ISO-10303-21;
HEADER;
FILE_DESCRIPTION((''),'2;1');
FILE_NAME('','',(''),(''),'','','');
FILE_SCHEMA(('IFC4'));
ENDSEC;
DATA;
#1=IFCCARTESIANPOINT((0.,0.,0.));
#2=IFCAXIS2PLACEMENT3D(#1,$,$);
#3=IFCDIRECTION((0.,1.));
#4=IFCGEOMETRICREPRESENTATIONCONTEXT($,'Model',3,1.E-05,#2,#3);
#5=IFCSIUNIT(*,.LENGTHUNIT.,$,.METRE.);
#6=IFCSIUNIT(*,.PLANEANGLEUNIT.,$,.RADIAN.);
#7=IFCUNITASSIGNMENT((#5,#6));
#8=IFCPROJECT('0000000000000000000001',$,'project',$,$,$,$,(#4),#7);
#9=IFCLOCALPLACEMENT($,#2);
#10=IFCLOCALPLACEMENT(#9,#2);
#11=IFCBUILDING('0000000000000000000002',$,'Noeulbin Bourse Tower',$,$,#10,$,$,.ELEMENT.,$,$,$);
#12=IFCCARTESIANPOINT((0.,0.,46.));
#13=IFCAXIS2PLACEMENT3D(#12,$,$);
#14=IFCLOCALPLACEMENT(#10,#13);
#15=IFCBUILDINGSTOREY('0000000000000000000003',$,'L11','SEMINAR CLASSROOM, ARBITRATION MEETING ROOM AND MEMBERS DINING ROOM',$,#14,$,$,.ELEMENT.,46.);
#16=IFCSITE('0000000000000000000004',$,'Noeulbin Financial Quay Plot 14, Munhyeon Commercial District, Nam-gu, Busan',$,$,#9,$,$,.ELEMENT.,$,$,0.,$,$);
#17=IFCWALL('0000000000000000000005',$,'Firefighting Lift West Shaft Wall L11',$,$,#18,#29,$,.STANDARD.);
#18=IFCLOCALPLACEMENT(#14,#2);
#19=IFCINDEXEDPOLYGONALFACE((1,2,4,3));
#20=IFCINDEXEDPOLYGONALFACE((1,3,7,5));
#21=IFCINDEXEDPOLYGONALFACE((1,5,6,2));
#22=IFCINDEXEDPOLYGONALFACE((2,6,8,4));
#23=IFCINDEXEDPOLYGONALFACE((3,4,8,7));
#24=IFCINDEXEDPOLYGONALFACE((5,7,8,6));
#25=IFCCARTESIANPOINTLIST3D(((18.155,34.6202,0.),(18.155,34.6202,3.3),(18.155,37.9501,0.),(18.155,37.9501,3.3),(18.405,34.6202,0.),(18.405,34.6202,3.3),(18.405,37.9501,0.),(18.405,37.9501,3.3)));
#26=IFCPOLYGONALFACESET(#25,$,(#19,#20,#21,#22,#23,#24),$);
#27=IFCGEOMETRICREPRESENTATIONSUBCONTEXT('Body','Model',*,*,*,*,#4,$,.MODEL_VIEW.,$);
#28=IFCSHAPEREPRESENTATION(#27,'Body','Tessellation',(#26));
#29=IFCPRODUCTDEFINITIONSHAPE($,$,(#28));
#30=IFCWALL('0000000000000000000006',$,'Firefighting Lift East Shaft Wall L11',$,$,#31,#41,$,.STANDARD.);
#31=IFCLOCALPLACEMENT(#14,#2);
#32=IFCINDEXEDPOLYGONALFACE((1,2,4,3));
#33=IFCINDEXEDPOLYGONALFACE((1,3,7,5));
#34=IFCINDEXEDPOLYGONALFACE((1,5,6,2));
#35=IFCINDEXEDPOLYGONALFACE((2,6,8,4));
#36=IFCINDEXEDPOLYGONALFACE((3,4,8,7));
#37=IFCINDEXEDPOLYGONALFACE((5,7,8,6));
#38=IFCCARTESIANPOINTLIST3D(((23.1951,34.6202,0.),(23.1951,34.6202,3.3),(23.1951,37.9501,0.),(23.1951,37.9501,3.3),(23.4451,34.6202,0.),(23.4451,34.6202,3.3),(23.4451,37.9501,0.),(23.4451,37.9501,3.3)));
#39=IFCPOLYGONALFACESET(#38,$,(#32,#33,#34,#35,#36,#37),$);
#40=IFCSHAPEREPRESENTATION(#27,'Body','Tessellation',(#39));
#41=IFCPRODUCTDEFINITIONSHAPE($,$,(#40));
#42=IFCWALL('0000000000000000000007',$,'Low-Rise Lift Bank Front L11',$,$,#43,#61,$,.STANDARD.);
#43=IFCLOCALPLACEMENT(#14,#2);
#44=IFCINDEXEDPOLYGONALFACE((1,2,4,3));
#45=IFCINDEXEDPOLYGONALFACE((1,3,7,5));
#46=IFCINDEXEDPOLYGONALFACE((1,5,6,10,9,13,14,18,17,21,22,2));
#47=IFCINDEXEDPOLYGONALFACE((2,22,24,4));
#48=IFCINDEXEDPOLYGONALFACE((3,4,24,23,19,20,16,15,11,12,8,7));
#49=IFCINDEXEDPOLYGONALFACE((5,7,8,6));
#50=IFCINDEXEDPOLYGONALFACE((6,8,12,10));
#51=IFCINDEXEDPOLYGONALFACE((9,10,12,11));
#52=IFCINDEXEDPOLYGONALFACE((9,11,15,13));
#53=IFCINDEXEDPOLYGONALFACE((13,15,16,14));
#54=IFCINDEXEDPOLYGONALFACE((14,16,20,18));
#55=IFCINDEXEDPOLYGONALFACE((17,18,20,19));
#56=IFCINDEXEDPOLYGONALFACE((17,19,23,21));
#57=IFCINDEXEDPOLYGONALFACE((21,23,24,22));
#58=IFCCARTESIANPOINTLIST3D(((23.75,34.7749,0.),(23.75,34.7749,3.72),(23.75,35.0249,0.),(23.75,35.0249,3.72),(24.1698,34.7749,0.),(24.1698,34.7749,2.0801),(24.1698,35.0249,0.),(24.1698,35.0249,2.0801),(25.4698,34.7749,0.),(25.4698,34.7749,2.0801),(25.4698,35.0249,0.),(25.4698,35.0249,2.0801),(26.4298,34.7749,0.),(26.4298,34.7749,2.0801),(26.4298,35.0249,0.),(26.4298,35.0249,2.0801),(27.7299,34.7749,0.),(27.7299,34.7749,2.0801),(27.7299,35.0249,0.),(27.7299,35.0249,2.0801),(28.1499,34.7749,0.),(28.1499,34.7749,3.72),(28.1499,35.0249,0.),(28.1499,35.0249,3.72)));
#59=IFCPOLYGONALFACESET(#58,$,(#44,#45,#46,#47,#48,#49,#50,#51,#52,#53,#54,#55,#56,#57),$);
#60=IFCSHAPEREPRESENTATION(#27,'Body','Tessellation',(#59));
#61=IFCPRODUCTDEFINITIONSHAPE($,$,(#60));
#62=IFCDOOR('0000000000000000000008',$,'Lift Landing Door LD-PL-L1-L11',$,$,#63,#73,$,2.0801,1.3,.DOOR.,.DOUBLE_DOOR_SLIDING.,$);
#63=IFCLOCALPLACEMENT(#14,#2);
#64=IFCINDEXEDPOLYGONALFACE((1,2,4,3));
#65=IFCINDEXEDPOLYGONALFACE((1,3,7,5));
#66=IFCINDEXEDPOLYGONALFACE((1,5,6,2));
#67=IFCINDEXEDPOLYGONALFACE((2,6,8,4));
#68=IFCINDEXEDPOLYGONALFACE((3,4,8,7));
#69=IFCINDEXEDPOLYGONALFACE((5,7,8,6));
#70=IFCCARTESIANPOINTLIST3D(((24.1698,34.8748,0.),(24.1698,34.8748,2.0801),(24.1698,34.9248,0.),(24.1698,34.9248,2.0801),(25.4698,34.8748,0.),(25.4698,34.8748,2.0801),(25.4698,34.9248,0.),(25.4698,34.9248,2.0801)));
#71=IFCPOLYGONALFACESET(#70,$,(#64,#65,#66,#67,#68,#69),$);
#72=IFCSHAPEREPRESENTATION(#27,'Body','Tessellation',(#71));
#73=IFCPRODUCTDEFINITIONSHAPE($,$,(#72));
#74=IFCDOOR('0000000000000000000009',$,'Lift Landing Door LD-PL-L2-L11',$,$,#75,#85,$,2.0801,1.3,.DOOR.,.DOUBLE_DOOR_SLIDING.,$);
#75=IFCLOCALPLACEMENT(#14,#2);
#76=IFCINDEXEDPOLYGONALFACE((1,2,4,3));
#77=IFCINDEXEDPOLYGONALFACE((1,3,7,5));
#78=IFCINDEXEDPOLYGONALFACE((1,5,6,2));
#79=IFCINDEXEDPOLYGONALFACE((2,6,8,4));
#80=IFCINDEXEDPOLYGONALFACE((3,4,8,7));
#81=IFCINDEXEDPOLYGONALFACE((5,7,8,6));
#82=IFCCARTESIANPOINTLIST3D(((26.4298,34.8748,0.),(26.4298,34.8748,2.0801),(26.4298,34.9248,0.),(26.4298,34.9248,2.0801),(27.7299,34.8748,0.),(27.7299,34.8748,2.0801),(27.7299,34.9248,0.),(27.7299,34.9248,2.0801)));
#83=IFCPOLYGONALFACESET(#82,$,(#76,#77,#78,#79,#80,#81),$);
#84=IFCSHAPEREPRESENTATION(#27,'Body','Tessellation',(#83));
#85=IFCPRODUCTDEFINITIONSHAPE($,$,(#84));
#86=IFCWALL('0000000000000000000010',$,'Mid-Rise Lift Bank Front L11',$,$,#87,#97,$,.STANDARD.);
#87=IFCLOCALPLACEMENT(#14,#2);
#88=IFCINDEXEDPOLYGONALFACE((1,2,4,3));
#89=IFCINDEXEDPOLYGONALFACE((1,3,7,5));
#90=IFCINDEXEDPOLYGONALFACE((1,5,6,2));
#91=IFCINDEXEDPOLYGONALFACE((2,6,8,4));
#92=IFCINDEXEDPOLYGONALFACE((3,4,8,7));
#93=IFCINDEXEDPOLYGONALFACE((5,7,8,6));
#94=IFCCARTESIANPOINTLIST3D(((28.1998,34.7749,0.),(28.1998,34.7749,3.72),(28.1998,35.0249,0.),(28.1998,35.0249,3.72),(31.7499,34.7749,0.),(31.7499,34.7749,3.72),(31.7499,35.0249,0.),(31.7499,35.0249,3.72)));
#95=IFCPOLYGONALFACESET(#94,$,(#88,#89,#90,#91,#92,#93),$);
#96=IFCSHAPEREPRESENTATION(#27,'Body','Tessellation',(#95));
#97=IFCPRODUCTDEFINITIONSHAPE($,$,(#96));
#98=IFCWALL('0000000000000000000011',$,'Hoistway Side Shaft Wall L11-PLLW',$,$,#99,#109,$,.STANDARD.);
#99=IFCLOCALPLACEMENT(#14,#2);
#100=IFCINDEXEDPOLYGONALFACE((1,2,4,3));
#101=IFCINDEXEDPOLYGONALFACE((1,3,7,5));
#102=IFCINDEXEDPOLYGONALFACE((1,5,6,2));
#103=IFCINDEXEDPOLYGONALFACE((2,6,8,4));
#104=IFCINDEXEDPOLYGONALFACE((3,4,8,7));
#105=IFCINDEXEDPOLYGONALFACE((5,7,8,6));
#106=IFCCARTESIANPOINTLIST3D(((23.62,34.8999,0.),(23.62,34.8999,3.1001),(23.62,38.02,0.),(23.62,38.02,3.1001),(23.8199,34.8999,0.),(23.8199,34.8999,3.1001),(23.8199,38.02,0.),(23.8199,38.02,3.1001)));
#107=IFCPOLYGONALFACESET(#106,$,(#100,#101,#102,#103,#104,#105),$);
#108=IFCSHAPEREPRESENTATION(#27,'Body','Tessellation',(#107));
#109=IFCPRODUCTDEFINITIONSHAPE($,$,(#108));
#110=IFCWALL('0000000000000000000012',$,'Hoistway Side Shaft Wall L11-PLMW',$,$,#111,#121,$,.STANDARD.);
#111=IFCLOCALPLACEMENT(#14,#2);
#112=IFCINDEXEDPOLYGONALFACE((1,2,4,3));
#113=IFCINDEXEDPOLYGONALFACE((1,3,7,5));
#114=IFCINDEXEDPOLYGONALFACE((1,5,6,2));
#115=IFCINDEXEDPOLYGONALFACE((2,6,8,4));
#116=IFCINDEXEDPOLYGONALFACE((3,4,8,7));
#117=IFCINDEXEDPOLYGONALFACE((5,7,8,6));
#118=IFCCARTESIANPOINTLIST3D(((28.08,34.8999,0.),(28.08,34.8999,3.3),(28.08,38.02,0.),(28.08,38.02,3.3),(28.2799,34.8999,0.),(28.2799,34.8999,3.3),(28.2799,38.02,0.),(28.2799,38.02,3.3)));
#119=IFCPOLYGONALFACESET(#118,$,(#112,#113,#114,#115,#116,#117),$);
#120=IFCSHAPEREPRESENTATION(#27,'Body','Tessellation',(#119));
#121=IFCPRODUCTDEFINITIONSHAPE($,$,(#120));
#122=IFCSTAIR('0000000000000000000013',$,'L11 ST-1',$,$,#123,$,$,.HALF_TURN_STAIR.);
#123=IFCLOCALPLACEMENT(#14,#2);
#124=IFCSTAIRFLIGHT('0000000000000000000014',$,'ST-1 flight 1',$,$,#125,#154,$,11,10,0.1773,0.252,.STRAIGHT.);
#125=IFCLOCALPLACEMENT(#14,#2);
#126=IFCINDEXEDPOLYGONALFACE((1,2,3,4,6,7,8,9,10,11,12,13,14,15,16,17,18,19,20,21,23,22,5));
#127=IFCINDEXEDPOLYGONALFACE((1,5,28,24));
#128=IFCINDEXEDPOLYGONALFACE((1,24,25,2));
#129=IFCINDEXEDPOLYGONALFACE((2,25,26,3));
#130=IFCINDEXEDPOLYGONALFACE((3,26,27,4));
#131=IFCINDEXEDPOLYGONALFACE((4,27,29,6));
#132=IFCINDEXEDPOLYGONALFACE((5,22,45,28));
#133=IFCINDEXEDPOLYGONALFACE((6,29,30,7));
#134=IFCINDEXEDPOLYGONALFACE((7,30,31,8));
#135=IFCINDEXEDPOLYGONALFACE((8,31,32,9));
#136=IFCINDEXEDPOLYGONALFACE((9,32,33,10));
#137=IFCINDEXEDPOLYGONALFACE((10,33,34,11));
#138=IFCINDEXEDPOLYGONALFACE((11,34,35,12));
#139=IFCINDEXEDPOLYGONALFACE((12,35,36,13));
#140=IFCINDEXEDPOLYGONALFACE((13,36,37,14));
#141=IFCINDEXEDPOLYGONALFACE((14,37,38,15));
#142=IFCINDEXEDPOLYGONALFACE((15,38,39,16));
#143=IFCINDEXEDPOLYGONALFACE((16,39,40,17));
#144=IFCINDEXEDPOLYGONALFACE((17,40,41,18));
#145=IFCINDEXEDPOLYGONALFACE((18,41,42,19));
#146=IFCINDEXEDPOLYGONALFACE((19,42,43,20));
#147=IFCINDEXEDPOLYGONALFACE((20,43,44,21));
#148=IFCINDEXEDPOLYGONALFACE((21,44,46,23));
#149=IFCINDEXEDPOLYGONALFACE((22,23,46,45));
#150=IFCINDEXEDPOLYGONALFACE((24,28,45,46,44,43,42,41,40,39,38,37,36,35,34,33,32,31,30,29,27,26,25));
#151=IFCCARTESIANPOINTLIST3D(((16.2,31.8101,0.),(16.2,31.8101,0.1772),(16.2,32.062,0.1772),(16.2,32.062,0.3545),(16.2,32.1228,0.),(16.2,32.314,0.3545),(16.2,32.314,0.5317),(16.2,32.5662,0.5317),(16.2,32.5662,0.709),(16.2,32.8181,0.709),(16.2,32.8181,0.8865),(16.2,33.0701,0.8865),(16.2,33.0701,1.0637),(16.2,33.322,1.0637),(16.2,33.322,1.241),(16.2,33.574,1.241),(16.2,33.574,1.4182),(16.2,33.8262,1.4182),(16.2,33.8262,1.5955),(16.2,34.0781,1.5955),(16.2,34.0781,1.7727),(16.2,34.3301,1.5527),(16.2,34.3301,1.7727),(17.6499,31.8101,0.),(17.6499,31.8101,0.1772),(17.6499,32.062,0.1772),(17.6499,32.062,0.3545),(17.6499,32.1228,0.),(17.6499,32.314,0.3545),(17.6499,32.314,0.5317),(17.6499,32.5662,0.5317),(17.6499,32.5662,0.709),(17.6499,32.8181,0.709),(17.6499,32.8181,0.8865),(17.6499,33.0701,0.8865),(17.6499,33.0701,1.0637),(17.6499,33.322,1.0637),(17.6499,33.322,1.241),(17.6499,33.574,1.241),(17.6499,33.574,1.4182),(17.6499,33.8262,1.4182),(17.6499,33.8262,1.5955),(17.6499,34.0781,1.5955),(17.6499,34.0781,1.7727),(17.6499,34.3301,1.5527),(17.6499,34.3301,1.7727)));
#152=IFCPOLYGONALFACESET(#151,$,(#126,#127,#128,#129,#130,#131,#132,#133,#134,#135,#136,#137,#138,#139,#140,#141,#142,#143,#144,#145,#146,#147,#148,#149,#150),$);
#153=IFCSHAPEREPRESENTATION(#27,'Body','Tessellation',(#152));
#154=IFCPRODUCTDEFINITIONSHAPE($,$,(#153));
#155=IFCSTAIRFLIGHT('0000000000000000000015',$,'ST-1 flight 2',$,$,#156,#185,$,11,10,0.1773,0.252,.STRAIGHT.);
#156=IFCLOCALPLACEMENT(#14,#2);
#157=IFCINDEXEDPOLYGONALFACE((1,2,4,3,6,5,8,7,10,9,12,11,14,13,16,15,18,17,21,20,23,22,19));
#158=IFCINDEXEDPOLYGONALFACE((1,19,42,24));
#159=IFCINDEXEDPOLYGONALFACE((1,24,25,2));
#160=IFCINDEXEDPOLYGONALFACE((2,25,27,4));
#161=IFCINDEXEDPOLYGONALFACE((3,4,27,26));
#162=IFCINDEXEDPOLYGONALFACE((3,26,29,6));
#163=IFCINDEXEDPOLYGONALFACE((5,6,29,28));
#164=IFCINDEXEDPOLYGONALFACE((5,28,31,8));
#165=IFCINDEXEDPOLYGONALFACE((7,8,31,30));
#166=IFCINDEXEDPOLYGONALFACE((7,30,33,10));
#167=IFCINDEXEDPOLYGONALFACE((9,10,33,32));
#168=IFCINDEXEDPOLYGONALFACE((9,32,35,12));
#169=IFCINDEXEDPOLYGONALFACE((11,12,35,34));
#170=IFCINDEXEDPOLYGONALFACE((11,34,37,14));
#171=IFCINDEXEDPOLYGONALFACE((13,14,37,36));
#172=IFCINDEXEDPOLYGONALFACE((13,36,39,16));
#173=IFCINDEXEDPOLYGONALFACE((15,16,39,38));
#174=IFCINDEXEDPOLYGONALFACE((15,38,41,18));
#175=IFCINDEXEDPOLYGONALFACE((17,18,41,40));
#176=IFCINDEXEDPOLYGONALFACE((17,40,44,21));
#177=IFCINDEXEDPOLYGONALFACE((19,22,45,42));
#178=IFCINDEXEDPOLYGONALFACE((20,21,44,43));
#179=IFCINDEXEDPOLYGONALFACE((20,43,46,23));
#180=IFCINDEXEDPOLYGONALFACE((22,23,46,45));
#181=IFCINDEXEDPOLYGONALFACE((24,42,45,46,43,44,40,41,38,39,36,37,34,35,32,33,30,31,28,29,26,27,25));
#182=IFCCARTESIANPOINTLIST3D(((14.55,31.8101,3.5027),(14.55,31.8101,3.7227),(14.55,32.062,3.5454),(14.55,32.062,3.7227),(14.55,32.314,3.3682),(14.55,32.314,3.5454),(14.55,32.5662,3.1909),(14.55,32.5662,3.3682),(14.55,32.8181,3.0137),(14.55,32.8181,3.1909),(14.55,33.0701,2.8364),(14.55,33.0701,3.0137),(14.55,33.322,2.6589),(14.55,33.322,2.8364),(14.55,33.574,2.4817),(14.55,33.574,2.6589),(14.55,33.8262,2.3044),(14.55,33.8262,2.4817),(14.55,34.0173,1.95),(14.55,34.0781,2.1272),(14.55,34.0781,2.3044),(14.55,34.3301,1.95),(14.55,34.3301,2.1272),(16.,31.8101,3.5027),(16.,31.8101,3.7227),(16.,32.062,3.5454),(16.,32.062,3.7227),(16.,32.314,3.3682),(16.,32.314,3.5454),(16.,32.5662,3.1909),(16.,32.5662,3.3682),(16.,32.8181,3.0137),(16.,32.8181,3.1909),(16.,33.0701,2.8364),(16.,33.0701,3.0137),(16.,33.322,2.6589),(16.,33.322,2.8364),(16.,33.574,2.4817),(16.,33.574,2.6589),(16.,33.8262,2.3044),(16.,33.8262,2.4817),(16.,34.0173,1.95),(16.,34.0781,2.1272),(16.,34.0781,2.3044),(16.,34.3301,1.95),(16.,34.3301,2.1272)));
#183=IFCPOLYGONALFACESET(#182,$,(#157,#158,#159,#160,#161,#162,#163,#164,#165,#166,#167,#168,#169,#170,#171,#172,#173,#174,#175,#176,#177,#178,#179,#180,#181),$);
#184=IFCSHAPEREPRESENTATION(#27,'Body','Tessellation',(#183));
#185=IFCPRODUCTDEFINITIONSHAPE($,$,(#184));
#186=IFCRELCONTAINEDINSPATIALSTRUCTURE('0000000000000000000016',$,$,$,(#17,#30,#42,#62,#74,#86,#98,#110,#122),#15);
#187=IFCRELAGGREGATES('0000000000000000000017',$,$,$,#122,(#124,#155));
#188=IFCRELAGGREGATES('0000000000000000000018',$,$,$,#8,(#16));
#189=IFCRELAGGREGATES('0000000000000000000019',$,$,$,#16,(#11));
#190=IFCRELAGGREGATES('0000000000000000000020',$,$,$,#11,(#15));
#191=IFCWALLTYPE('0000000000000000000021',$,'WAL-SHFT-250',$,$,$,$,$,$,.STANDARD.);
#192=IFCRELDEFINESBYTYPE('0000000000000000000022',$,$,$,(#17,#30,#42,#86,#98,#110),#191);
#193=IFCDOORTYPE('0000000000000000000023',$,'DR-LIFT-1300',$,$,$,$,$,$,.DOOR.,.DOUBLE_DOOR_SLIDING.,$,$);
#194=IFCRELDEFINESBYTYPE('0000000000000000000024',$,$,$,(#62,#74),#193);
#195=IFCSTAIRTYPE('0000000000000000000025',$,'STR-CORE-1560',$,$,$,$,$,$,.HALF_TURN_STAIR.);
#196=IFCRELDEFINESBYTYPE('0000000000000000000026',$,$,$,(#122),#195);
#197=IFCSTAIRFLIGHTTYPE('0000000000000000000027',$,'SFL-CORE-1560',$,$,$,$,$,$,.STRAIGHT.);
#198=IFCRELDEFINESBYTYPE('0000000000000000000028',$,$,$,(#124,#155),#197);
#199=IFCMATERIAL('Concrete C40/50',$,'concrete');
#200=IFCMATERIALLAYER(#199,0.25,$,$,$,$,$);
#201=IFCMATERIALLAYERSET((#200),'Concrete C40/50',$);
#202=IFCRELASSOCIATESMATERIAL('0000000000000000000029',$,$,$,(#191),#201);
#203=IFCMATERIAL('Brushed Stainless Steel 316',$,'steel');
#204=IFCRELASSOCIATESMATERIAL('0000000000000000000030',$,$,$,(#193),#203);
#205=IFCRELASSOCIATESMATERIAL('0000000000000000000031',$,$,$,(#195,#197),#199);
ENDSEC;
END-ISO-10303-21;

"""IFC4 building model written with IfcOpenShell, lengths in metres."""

from ifc_helpers import new_model, si_unit, direction, frame, frame_2d, origin, place, context, subcontext, project, spatial, polyline, rectangle, outline, extrude, material, layer, layer_set, type_object, element, fill, aggregate, save


model = new_model("IFC4")

# Units and contexts
model_context = context("Model", 3, precision=1e-05, world=origin(), true_north=direction((0.0, 1.0)))
body_context = subcontext(model_context, "Body", "Model", "MODEL_VIEW")
ifc_project = project(units=[si_unit("LENGTHUNIT", "METRE"), si_unit("PLANEANGLEUNIT", "RADIAN")], contexts=[model_context])

# Site, building, storey
site_placement = place(None, origin())
site = spatial("IfcSite", under=ifc_project, at=site_placement, Name="Noeulbin Financial Quay Plot 14, Munhyeon Commercial District, Nam-gu, Busan", CompositionType="ELEMENT", RefElevation=0.0)
building_placement = place(site_placement, origin())
building = spatial("IfcBuilding", under=site, at=building_placement, Name="Noeulbin Bourse Tower", CompositionType="ELEMENT")
storey_placement = place(building_placement, frame((0.0, 0.0, 46.0)))
storey = spatial("IfcBuildingStorey", under=building, at=storey_placement, Name="L11", Description="SEMINAR CLASSROOM, ARBITRATION MEETING ROOM AND MEMBERS DINING ROOM", CompositionType="ELEMENT", Elevation=46.0)

# Shared definitions
ifc_material_1 = material(Name="Concrete C40/50", Category="concrete")
ifc_layer_1 = layer(ifc_material_1, 0.25)
ifc_layer_set_1 = layer_set([ifc_layer_1], Name="Concrete C40/50")
wall_type_1 = type_object("IfcWallType", Name="WAL-SHFT-250", PredefinedType="STANDARD", material=ifc_layer_set_1)

# Shared definitions
ifc_material_2 = material(Name="Brushed Stainless Steel 316", Category="steel")

# Walls
for number, where, z_axis, x_axis, name in (
    (1, (18.28, 34.6201, 0.0), (0.0, 0.0, 1.0), (0.0, 1.0, 0.0), "Firefighting Lift West Shaft Wall L11"),
    (2, (23.3201, 34.6201, 0.0), (0.0, 0.0, 1.0), (0.0, 1.0, 0.0), "Firefighting Lift East Shaft Wall L11"),
):
    element("IfcWall", number, at=place(storey_placement, frame(where, z_axis=z_axis, x_axis=x_axis)), inside=storey, type_object=wall_type_1, Name=name, PredefinedType="STANDARD", context=body_context, shape_type="SweptSolid", body=[
        extrude(rectangle(XDim=3.3298, YDim=0.25, at=frame_2d((1.665, 0.0))), origin(), (0.0, 0.0, 1.0), 3.3),
    ])

# Wall, openings, doors
wall_1_placement = place(storey_placement, frame((23.75, 34.8999, 0.0), z_axis=(0.0, 0.0, 1.0), x_axis=(1.0, 0.0, 0.0)))
wall_1 = element("IfcWall", 3, at=wall_1_placement, inside=storey, type_object=wall_type_1, Name="Low-Rise Lift Bank Front L11", PredefinedType="STANDARD", context=body_context, shape_type="SweptSolid", body=[
    extrude(rectangle(XDim=4.3999, YDim=0.25, at=frame_2d((2.2, 0.0))), origin(), (0.0, 0.0, 1.0), 3.72),
])
opening_1_placement = place(wall_1_placement, frame((0.4199, 0.0, 0.0)))
opening_1 = element("IfcOpeningElement", 4, at=opening_1_placement, cuts=wall_1, PredefinedType="OPENING", context=body_context, shape_type="SweptSolid", body=[
    extrude(rectangle(XDim=1.3, YDim=2.0801, at=frame_2d((0.6499, 1.04))), frame((0.0, 0.135, 0.0), z_axis=(0.0, -1.0, 0.0), x_axis=(1.0, 0.0, 0.0)), (0.0, 0.0, 1.0), 0.27),
])
opening_2_placement = place(wall_1_placement, frame((2.6799, 0.0, 0.0)))
opening_2 = element("IfcOpeningElement", 5, at=opening_2_placement, cuts=wall_1, PredefinedType="OPENING", context=body_context, shape_type="SweptSolid", body=[
    extrude(rectangle(XDim=1.3, YDim=2.0801, at=frame_2d((0.6499, 1.04))), frame((0.0, 0.135, 0.0), z_axis=(0.0, -1.0, 0.0), x_axis=(1.0, 0.0, 0.0)), (0.0, 0.0, 1.0), 0.27),
])
door_type_1 = type_object("IfcDoorType", Name="DR-LIFT-1300", OperationType="DOUBLE_DOOR_SLIDING", PredefinedType="DOOR", material=ifc_material_2)
door_1_placement = place(opening_1_placement, origin())
door_1 = element("IfcDoor", 6, at=door_1_placement, inside=storey, type_object=door_type_1, Name="Lift Landing Door LD-PL-L1-L11", OperationType="DOUBLE_DOOR_SLIDING", OverallHeight=2.0801, OverallWidth=1.3, PredefinedType="DOOR", context=body_context, shape_type="SweptSolid", body=[
    extrude(rectangle(XDim=1.3, YDim=2.0801, at=frame_2d((0.6499, 1.04))), frame((0.0, 0.0249, 0.0), z_axis=(0.0, -1.0, 0.0), x_axis=(1.0, 0.0, 0.0)), (0.0, 0.0, 1.0), 0.05),
])
fill(opening_1, door_1)
door_2_placement = place(opening_2_placement, origin())
door_2 = element("IfcDoor", 7, at=door_2_placement, inside=storey, type_object=door_type_1, Name="Lift Landing Door LD-PL-L2-L11", OperationType="DOUBLE_DOOR_SLIDING", OverallHeight=2.0801, OverallWidth=1.3, PredefinedType="DOOR", context=body_context, shape_type="SweptSolid", body=[
    extrude(rectangle(XDim=1.3, YDim=2.0801, at=frame_2d((0.6499, 1.04))), frame((0.0, 0.0249, 0.0), z_axis=(0.0, -1.0, 0.0), x_axis=(1.0, 0.0, 0.0)), (0.0, 0.0, 1.0), 0.05),
])
fill(opening_2, door_2)

# Walls
wall_2_placement = place(storey_placement, frame((28.2, 34.8999, 0.0), z_axis=(0.0, 0.0, 1.0), x_axis=(1.0, 0.0, 0.0)))
element("IfcWall", 8, at=wall_2_placement, inside=storey, type_object=wall_type_1, Name="Mid-Rise Lift Bank Front L11", PredefinedType="STANDARD", context=body_context, shape_type="SweptSolid", body=[
    extrude(rectangle(XDim=3.55, YDim=0.25, at=frame_2d((1.7749, 0.0))), origin(), (0.0, 0.0, 1.0), 3.72),
])
wall_3_placement = place(storey_placement, frame((23.72, 34.8999, 0.0), z_axis=(0.0, 0.0, 1.0), x_axis=(0.0, 1.0, 0.0)))
element("IfcWall", 9, at=wall_3_placement, inside=storey, type_object=wall_type_1, Name="Hoistway Side Shaft Wall L11-PLLW", PredefinedType="STANDARD", context=body_context, shape_type="SweptSolid", body=[
    extrude(rectangle(XDim=3.1201, YDim=0.2, at=frame_2d((1.5601, 0.0))), origin(), (0.0, 0.0, 1.0), 3.1001),
])
wall_4_placement = place(storey_placement, frame((28.1799, 34.8999, 0.0), z_axis=(0.0, 0.0, 1.0), x_axis=(0.0, 1.0, 0.0)))
element("IfcWall", 10, at=wall_4_placement, inside=storey, type_object=wall_type_1, Name="Hoistway Side Shaft Wall L11-PLMW", PredefinedType="STANDARD", context=body_context, shape_type="SweptSolid", body=[
    extrude(rectangle(XDim=3.1201, YDim=0.2, at=frame_2d((1.5601, 0.0))), origin(), (0.0, 0.0, 1.0), 3.3),
])

# Stair, stair flights
stair_type = type_object("IfcStairType", Name="STR-CORE-1560", PredefinedType="HALF_TURN_STAIR", material=ifc_material_1)
stair_placement = place(storey_placement, origin())
stair = element("IfcStair", 11, at=stair_placement, inside=storey, type_object=stair_type, Name="L11 ST-1", PredefinedType="HALF_TURN_STAIR")
stair_flight_type = type_object("IfcStairFlightType", Name="SFL-CORE-1560", PredefinedType="STRAIGHT", material=ifc_material_1)
stair_flight_1_placement = place(storey_placement, frame((16.925, 31.8101, 0.0), z_axis=(0.0, 0.0, 1.0), x_axis=(0.0, 1.0, 0.0)))
stair_flight_1 = element("IfcStairFlight", 12, at=stair_flight_1_placement, type_object=stair_flight_type, Name="ST-1 flight 1", NumberOfRisers=11, NumberOfTreads=10, PredefinedType="STRAIGHT", RiserHeight=0.1773, TreadLength=0.252, context=body_context, shape_type="SweptSolid", body=[
    extrude(outline(polyline([(0.0, 0.0), (0.0, 0.1772), (0.252, 0.1772), (0.252, 0.3545), (0.5039, 0.3545), (0.5039, 0.5317), (0.7561, 0.5317), (0.7561, 0.709), (1.0081, 0.709), (1.0081, 0.8865), (1.26, 0.8865), (1.26, 1.0637), (1.512, 1.0637), (1.512, 1.241), (1.7639, 1.241), (1.7639, 1.4182), (2.0161, 1.4182), (2.0161, 1.5955), (2.2681, 1.5955), (2.2681, 1.7727), (2.52, 1.7727), (2.52, 1.95), (2.52, 1.5527), (0.3127, 0.0), (0.0, 0.0)])), frame((0.0, 0.7251, 0.0), z_axis=(0.0, -1.0, 0.0), x_axis=(1.0, 0.0, 0.0)), (0.0, 0.0, 1.0), 1.45),
])
stair_flight_2_placement = place(storey_placement, frame((15.2749, 34.3301, 1.95), z_axis=(0.0, 0.0, 1.0), x_axis=(0.0, -1.0, 0.0)))
stair_flight_2 = element("IfcStairFlight", 13, at=stair_flight_2_placement, type_object=stair_flight_type, Name="ST-1 flight 2", NumberOfRisers=11, NumberOfTreads=10, PredefinedType="STRAIGHT", RiserHeight=0.1773, TreadLength=0.252, context=body_context, shape_type="SweptSolid", body=[
    extrude(outline(polyline([(0.0, 0.0), (0.0, 0.1772), (0.252, 0.1772), (0.252, 0.3545), (0.5039, 0.3545), (0.5039, 0.5317), (0.7561, 0.5317), (0.7561, 0.709), (1.0081, 0.709), (1.0081, 0.8865), (1.26, 0.8865), (1.26, 1.0637), (1.512, 1.0637), (1.512, 1.241), (1.7639, 1.241), (1.7639, 1.4182), (2.0161, 1.4182), (2.0161, 1.5955), (2.2681, 1.5955), (2.2681, 1.7727), (2.52, 1.7727), (2.52, 1.95), (2.52, 1.5527), (0.3127, 0.0), (0.0, 0.0)])), frame((0.0, 0.7251, 0.0), z_axis=(0.0, -1.0, 0.0), x_axis=(1.0, 0.0, 0.0)), (0.0, 0.0, 1.0), 1.45),
])
aggregate(stair, [stair_flight_1, stair_flight_2])

save(model, "model.ifc")
